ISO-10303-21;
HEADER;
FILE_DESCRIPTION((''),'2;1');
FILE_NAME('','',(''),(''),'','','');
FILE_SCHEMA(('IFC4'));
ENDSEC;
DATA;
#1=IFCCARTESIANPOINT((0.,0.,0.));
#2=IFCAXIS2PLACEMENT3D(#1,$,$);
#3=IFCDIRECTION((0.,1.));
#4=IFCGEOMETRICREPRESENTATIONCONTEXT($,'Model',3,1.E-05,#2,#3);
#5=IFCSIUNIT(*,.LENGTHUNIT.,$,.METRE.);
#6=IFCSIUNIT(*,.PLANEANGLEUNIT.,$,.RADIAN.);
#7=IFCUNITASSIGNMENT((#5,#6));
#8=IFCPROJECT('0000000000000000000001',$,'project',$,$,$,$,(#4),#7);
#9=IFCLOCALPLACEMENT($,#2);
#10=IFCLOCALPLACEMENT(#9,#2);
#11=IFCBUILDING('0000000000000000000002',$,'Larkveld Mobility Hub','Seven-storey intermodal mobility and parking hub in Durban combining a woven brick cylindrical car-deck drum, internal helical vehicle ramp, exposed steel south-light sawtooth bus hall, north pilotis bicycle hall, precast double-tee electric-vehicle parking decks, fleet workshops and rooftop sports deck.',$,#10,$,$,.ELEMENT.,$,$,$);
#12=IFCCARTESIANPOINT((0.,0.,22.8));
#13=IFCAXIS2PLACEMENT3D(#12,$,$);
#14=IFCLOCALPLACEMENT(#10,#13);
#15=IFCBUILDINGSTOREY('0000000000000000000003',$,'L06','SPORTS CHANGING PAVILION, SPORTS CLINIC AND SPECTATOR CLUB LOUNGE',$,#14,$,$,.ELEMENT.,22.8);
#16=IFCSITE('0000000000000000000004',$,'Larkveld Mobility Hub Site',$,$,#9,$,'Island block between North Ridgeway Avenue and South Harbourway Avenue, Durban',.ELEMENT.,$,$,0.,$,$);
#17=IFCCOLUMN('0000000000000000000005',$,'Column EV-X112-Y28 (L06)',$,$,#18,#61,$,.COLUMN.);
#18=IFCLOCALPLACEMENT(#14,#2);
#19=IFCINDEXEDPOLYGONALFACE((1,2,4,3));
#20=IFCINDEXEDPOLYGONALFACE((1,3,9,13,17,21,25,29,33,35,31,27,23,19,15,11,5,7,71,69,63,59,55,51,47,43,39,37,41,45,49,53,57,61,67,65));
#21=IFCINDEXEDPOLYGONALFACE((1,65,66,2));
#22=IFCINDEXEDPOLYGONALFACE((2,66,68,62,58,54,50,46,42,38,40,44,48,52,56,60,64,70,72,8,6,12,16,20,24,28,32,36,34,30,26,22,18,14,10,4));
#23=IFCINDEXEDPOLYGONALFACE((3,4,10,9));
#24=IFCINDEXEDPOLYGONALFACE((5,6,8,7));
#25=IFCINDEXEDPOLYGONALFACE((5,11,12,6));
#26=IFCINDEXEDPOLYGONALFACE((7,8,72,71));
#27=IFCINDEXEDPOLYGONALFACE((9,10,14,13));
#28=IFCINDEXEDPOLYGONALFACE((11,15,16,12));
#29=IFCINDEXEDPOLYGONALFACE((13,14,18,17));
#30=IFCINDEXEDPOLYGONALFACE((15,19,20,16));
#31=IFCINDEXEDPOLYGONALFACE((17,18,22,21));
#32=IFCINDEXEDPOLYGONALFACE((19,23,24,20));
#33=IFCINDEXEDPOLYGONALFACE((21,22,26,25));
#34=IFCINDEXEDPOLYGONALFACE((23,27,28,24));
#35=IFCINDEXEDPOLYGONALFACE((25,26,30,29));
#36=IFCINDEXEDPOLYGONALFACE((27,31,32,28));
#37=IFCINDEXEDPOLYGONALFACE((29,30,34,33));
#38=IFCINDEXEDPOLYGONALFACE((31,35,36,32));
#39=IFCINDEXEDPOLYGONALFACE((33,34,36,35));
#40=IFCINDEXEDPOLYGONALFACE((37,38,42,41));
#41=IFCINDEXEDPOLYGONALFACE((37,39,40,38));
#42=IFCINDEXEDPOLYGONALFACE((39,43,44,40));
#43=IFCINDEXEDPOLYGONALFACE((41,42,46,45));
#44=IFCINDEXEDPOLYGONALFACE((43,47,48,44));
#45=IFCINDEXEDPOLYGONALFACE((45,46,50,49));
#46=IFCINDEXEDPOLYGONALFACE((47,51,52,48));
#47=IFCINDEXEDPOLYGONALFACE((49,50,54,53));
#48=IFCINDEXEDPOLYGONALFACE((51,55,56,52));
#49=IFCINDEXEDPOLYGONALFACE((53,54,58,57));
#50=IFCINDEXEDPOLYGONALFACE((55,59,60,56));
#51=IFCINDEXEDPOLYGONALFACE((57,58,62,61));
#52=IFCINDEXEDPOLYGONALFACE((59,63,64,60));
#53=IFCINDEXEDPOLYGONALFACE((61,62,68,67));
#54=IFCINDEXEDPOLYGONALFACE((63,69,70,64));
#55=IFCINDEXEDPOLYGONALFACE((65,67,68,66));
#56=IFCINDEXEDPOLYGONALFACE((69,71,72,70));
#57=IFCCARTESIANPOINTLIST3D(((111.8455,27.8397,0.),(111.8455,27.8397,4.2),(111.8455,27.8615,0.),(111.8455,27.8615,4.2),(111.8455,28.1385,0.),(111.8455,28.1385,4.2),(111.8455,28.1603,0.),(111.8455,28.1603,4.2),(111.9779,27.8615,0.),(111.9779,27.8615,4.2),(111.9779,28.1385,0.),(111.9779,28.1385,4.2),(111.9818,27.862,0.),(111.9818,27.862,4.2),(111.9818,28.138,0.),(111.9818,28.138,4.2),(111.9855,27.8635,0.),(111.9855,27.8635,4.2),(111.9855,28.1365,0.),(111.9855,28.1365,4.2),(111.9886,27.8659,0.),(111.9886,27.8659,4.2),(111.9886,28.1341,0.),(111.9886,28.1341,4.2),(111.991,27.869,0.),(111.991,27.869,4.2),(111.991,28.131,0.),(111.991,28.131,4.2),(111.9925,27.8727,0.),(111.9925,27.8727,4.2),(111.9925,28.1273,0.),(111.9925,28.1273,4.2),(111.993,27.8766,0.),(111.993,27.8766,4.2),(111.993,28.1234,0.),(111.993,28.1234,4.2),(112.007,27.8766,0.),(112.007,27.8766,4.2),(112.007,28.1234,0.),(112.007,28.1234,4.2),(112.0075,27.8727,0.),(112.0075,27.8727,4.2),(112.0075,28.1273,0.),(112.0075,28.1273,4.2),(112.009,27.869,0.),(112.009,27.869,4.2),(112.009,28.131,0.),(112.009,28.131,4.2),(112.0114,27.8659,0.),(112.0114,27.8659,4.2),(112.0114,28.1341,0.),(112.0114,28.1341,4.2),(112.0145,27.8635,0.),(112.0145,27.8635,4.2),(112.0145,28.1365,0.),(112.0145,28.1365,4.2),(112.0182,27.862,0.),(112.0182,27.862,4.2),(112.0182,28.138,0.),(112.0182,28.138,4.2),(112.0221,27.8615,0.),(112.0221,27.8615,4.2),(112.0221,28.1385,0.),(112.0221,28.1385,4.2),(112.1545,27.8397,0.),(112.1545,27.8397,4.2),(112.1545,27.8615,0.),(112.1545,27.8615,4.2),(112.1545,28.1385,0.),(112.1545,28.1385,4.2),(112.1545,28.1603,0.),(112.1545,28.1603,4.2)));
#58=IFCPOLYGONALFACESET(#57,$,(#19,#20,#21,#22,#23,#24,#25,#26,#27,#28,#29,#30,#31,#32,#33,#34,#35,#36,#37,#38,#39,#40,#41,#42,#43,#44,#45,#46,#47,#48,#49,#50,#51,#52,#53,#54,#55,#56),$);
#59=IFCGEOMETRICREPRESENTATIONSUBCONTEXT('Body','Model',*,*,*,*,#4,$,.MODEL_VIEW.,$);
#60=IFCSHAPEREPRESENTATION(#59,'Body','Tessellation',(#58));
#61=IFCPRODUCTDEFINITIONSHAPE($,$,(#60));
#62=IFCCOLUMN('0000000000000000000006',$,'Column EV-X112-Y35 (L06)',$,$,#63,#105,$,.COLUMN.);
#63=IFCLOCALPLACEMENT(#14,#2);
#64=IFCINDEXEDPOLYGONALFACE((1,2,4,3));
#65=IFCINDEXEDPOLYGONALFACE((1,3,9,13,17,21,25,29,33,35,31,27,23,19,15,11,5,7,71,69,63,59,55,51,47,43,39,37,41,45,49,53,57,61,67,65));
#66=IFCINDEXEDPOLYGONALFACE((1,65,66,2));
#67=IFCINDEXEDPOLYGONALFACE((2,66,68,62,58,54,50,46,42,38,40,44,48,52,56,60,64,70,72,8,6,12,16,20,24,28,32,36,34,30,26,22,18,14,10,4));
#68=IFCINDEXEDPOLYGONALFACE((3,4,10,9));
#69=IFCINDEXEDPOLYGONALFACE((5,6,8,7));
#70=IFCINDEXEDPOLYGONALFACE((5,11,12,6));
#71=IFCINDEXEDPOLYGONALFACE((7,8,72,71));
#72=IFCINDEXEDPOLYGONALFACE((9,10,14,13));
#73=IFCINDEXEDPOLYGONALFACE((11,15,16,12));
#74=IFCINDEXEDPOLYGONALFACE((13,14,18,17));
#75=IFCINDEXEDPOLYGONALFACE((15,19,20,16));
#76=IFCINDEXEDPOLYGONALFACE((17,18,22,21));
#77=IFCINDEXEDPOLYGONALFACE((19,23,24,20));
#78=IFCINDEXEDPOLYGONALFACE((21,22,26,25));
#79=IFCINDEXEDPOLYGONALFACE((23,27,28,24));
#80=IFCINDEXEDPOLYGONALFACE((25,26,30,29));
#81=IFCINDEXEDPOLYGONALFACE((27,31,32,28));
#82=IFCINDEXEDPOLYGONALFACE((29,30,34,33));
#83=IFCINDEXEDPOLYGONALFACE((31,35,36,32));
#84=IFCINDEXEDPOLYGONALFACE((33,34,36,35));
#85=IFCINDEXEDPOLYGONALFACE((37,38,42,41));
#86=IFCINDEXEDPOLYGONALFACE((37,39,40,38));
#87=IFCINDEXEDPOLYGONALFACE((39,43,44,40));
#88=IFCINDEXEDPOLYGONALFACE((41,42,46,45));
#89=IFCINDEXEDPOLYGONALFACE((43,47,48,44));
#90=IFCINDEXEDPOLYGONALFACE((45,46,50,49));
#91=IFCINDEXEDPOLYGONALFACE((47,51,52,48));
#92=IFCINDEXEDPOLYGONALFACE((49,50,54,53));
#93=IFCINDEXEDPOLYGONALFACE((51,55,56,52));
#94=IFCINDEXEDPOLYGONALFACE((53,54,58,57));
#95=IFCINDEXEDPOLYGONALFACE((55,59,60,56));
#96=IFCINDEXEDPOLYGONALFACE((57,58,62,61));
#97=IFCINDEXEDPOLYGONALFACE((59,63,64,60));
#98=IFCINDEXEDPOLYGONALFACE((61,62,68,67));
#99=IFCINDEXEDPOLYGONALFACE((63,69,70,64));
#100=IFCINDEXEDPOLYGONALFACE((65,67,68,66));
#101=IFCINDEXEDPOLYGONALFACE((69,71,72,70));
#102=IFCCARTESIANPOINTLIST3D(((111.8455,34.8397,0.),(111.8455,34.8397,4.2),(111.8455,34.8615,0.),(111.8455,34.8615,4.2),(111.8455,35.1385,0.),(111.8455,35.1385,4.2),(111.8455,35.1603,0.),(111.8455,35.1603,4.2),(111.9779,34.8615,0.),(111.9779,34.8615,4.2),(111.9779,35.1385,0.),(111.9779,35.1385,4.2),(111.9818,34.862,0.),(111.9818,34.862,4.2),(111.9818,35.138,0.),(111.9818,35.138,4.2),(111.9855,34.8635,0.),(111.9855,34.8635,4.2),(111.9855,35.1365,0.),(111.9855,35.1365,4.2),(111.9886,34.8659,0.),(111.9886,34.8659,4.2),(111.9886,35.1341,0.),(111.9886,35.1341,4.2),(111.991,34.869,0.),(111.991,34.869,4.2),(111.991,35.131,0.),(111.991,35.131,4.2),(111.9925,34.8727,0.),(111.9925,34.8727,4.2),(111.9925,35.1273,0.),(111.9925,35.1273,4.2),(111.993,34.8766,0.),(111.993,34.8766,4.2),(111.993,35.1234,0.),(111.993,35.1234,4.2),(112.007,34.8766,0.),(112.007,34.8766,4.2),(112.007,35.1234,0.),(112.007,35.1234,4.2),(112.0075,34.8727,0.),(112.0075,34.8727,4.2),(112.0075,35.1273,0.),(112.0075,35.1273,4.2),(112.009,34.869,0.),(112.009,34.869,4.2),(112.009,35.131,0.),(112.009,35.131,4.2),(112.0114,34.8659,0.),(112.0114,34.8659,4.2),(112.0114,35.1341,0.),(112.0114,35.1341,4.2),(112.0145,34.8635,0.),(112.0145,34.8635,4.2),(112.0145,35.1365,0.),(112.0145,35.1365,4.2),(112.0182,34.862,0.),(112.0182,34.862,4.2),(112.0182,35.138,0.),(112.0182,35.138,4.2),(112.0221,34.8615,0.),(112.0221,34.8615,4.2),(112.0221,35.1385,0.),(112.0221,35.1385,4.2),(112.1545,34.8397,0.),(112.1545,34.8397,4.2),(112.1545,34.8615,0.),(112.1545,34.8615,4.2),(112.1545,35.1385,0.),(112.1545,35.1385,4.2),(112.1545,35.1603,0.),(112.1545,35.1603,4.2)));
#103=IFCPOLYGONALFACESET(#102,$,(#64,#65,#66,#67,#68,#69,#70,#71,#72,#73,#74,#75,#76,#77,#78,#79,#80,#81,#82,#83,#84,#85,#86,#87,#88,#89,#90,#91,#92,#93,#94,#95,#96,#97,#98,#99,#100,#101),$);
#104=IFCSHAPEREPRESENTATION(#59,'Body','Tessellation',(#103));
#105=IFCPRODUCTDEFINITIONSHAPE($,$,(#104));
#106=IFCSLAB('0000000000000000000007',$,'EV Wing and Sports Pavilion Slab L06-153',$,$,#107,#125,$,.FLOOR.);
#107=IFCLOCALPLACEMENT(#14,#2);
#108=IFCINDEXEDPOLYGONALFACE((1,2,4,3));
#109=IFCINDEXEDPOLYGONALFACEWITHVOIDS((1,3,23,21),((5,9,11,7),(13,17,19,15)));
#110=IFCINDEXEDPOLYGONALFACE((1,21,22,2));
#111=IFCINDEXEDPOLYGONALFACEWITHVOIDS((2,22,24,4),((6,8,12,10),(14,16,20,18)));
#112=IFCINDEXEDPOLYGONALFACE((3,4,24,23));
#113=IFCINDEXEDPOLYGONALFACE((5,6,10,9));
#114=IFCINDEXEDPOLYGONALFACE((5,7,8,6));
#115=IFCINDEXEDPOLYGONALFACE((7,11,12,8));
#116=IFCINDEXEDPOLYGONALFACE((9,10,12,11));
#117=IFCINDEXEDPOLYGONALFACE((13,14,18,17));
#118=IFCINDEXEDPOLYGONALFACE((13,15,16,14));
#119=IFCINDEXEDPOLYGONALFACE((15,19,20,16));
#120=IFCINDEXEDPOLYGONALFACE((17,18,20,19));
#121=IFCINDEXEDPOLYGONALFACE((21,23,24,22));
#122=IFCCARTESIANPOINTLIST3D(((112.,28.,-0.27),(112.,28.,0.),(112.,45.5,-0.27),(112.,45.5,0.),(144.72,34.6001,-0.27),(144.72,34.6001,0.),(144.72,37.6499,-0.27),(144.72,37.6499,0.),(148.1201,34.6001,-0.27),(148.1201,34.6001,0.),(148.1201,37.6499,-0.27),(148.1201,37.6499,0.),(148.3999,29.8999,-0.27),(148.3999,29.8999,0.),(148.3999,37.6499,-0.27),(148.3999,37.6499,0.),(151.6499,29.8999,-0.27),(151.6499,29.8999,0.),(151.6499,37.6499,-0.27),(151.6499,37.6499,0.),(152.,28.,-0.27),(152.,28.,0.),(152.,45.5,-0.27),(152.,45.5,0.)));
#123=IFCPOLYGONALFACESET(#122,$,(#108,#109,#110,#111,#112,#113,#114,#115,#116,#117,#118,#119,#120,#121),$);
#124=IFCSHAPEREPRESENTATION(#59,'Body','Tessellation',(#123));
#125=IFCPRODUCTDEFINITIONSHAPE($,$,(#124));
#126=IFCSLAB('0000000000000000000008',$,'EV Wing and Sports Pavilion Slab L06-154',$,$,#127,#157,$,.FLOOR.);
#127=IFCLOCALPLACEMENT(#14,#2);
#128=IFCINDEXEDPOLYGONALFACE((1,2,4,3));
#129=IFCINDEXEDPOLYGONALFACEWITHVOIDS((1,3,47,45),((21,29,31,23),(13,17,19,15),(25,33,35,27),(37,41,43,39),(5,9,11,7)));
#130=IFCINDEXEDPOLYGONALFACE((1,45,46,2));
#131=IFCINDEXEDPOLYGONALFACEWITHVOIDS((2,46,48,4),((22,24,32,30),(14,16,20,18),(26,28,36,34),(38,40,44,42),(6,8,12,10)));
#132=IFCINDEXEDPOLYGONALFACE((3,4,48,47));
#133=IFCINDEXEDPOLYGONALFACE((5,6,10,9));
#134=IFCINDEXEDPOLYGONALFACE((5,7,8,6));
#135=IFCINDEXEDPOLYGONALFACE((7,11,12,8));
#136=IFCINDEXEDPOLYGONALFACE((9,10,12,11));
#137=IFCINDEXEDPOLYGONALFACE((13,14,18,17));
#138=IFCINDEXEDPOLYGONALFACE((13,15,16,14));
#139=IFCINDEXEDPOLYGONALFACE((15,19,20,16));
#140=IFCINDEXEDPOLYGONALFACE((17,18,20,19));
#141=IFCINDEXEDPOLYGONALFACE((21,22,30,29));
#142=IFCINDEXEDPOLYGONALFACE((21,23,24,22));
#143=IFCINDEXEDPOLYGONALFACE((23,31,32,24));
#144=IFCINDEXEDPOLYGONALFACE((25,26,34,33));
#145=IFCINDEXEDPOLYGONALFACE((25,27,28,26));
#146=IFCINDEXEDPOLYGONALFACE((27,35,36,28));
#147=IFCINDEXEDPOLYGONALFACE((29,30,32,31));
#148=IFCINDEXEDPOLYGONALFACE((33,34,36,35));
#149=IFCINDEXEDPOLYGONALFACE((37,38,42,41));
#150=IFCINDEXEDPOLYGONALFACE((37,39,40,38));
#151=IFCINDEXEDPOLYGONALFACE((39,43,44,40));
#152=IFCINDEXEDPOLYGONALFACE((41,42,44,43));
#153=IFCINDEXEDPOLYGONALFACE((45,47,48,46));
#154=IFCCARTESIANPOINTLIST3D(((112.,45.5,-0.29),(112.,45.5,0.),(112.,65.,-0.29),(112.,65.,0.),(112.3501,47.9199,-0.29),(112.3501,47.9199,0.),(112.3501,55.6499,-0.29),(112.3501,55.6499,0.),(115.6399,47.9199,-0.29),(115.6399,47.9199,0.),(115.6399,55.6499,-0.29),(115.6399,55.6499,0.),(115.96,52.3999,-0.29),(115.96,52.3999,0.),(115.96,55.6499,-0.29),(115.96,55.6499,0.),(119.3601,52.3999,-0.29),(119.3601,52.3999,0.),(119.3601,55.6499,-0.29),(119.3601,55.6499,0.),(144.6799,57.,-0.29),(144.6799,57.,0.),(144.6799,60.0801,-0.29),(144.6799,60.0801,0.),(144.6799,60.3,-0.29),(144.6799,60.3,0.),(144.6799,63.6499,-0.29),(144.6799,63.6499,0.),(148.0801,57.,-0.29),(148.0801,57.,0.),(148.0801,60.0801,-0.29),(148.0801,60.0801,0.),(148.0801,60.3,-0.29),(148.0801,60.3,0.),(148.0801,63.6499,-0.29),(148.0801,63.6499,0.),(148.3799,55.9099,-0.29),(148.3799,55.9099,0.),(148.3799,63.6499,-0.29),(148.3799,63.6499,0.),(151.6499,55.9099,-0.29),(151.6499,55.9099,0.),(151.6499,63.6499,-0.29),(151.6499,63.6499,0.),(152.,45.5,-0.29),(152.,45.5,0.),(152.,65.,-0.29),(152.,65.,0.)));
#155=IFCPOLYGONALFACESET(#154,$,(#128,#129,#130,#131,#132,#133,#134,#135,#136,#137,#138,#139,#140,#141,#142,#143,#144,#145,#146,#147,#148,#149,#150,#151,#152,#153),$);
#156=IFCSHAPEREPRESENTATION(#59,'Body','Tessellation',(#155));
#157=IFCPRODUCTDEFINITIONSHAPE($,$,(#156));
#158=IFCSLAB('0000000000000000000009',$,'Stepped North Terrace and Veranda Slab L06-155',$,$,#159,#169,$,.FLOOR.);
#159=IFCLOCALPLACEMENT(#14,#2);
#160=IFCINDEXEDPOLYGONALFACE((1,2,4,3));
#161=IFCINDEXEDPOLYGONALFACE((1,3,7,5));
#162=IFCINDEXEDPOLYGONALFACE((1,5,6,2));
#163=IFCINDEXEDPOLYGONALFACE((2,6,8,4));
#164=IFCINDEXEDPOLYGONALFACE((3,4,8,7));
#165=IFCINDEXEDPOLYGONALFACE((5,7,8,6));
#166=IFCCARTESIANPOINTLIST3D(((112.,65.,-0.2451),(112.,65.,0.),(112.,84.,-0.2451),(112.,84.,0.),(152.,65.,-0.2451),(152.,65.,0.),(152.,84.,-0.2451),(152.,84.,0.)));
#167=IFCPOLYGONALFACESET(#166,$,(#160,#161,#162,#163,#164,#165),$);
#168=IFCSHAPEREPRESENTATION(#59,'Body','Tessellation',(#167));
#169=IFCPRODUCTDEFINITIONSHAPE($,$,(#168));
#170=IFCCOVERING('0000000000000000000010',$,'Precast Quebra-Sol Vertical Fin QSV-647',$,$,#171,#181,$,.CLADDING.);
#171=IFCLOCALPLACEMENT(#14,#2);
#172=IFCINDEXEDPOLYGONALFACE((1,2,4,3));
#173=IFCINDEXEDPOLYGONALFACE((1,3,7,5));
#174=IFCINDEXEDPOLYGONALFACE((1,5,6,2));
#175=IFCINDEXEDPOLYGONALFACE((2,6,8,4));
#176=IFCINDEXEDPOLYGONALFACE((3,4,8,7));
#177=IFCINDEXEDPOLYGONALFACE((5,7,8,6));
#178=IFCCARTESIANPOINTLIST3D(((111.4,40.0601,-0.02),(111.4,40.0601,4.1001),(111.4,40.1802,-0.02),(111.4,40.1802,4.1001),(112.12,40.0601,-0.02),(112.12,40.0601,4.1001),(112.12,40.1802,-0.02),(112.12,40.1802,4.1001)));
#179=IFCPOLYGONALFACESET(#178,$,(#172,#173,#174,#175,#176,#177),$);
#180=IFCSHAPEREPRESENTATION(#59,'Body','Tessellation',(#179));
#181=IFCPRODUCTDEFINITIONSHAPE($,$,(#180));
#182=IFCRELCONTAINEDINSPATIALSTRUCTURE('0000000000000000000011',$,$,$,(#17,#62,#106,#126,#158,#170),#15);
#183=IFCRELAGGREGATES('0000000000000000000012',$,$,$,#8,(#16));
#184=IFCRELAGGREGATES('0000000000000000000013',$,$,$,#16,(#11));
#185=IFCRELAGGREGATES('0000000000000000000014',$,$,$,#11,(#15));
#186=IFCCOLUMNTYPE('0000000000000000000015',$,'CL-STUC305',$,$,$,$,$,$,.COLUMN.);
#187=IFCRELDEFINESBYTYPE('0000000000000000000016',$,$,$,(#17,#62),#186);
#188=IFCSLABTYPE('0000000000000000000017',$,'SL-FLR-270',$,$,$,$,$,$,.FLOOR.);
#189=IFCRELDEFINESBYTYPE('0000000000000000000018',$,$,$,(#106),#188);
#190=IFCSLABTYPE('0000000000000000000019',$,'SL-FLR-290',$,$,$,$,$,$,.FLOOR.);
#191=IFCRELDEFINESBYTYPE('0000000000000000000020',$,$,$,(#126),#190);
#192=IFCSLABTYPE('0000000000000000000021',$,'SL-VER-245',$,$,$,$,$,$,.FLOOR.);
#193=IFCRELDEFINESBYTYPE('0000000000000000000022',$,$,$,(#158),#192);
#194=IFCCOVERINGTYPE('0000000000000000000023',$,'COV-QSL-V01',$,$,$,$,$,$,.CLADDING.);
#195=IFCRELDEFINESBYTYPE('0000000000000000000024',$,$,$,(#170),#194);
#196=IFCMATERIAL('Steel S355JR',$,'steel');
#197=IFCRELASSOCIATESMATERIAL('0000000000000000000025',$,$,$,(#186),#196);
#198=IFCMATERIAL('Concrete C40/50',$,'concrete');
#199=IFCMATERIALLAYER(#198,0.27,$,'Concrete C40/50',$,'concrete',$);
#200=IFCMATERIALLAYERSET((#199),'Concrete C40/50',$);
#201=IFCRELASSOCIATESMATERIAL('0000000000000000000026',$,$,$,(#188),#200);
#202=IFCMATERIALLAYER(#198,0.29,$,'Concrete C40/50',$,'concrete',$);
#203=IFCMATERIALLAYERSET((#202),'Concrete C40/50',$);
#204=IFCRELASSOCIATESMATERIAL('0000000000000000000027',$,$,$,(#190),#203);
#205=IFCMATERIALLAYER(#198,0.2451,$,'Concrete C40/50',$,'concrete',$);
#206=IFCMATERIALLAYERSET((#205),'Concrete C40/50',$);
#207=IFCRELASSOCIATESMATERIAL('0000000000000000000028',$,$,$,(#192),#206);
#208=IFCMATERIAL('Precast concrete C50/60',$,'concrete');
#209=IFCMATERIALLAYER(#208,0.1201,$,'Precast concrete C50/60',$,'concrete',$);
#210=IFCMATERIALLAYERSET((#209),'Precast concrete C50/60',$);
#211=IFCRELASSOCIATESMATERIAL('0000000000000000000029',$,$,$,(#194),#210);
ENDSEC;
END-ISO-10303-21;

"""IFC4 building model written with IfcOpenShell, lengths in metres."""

from ifc_helpers import new_model, si_unit, direction, frame, origin, origin_2d, place, context, subcontext, project, spatial, polyline, rectangle, i_section, outline, extrude, material, layer, layer_set, material_profile, profile_set, type_object, element, save


model = new_model("IFC4")

# Units and contexts
model_context = context("Model", 3, precision=1e-05, world=origin(), true_north=direction((0.0, 1.0)))
body_context = subcontext(model_context, "Body", "Model", "MODEL_VIEW")
ifc_project = project(units=[si_unit("LENGTHUNIT", "METRE"), si_unit("PLANEANGLEUNIT", "RADIAN")], contexts=[model_context])

# Site, building, storey
site_placement = place(None, origin())
site = spatial("IfcSite", under=ifc_project, at=site_placement, Name="Larkveld Mobility Hub Site", LongName="Island block between North Ridgeway Avenue and South Harbourway Avenue, Durban", CompositionType="ELEMENT", RefElevation=0.0)
building_placement = place(site_placement, origin())
building = spatial("IfcBuilding", under=site, at=building_placement, Name="Larkveld Mobility Hub", Description="Seven-storey intermodal mobility and parking hub in Durban combining a woven brick cylindrical car-deck drum, internal helical vehicle ramp, exposed steel south-light sawtooth bus hall, north pilotis bicycle hall, precast double-tee electric-vehicle parking decks, fleet workshops and rooftop sports deck.", CompositionType="ELEMENT")
storey_placement = place(building_placement, frame((0.0, 0.0, 22.8)))
storey = spatial("IfcBuildingStorey", under=building, at=storey_placement, Name="L06", Description="SPORTS CHANGING PAVILION, SPORTS CLINIC AND SPECTATOR CLUB LOUNGE", CompositionType="ELEMENT", Elevation=22.8)

# Columns
ifc_material_1 = material(Name="Steel S355JR", Category="steel")
ifc_material_profile = material_profile(ifc_material_1, i_section(OverallWidth=0.3091, OverallDepth=0.3206, WebThickness=0.0139, FlangeThickness=0.0217, FilletRadius=0.0151, at=origin_2d()), Name="UC 305x305x137")
ifc_profile_set = profile_set([ifc_material_profile], Name="Steel S355JR")
column_type = type_object("IfcColumnType", Name="CL-STUC305", PredefinedType="COLUMN", material=ifc_profile_set)
for number, where, z_axis, x_axis, name in (
    (1, (112.0, 28.0, 0.0), (0.0, 0.0, 1.0), (1.0, 0.0, 0.0), "Column EV-X112-Y28 (L06)"),
    (2, (112.0, 35.0, 0.0), (0.0, 0.0, 1.0), (1.0, 0.0, 0.0), "Column EV-X112-Y35 (L06)"),
):
    element("IfcColumn", number, at=place(storey_placement, frame(where, z_axis=z_axis, x_axis=x_axis)), inside=storey, type_object=column_type, Name=name, PredefinedType="COLUMN", context=body_context, shape_type="SweptSolid", body=[
        extrude(i_section(OverallWidth=0.3091, OverallDepth=0.3206, WebThickness=0.0139, FlangeThickness=0.0217, FilletRadius=0.0151, at=origin_2d()), origin(), (0.0, 0.0, 1.0), 4.2),
    ])

# Slabs
ifc_material_2 = material(Name="Concrete C40/50", Category="concrete")
ifc_layer_1 = layer(ifc_material_2, 0.27, Name="Concrete C40/50", Category="concrete")
ifc_layer_set_1 = layer_set([ifc_layer_1], Name="Concrete C40/50")
slab_type_1 = type_object("IfcSlabType", Name="SL-FLR-270", PredefinedType="FLOOR", material=ifc_layer_set_1)
slab_1_placement = place(storey_placement, frame((0.0, 0.0, -0.27)))
element("IfcSlab", 3, at=slab_1_placement, inside=storey, type_object=slab_type_1, Name="EV Wing and Sports Pavilion Slab L06-153", PredefinedType="FLOOR", context=body_context, shape_type="SweptSolid", body=[
    extrude(outline(polyline([(112.0, 28.0), (152.0, 28.0), (152.0, 45.5), (112.0, 45.5), (112.0, 28.0)]), holes=[polyline([(148.3999, 29.8999), (148.3999, 37.6499), (151.6499, 37.6499), (151.6499, 29.8999), (148.3999, 29.8999)]), polyline([(144.72, 34.6001), (144.72, 37.6499), (148.1201, 37.6499), (148.1201, 34.6001), (144.72, 34.6001)])]), origin(), (0.0, 0.0, 1.0), 0.27),
])
ifc_layer_2 = layer(ifc_material_2, 0.29, Name="Concrete C40/50", Category="concrete")
ifc_layer_set_2 = layer_set([ifc_layer_2], Name="Concrete C40/50")
slab_type_2 = type_object("IfcSlabType", Name="SL-FLR-290", PredefinedType="FLOOR", material=ifc_layer_set_2)
slab_2_placement = place(storey_placement, frame((0.0, 0.0, -0.29)))
element("IfcSlab", 4, at=slab_2_placement, inside=storey, type_object=slab_type_2, Name="EV Wing and Sports Pavilion Slab L06-154", PredefinedType="FLOOR", context=body_context, shape_type="SweptSolid", body=[
    extrude(outline(polyline([(112.0, 45.5), (152.0, 45.5), (152.0, 65.0), (112.0, 65.0), (112.0, 45.5)]), holes=[polyline([(148.3799, 55.9099), (148.3799, 63.6499), (151.6499, 63.6499), (151.6499, 55.9099), (148.3799, 55.9099)]), polyline([(144.6799, 60.3), (144.6799, 63.6499), (148.0801, 63.6499), (148.0801, 60.3), (144.6799, 60.3)]), polyline([(144.6799, 57.0), (144.6799, 60.0801), (148.0801, 60.0801), (148.0801, 57.0), (144.6799, 57.0)]), polyline([(112.3501, 47.9199), (112.3501, 55.6499), (115.6399, 55.6499), (115.6399, 47.9199), (112.3501, 47.9199)]), polyline([(115.96, 52.3999), (115.96, 55.6499), (119.3601, 55.6499), (119.3601, 52.3999), (115.96, 52.3999)])]), origin(), (0.0, 0.0, 1.0), 0.29),
])
ifc_layer_3 = layer(ifc_material_2, 0.2451, Name="Concrete C40/50", Category="concrete")
ifc_layer_set_3 = layer_set([ifc_layer_3], Name="Concrete C40/50")
slab_type_3 = type_object("IfcSlabType", Name="SL-VER-245", PredefinedType="FLOOR", material=ifc_layer_set_3)
slab_3_placement = place(storey_placement, frame((0.0, 0.0, -0.2451)))
element("IfcSlab", 5, at=slab_3_placement, inside=storey, type_object=slab_type_3, Name="Stepped North Terrace and Veranda Slab L06-155", PredefinedType="FLOOR", context=body_context, shape_type="SweptSolid", body=[
    extrude(outline(polyline([(112.0, 65.0), (152.0, 65.0), (152.0, 84.0), (112.0, 84.0), (112.0, 65.0)])), origin(), (0.0, 0.0, 1.0), 0.2451),
])

# Covering
ifc_material_3 = material(Name="Precast concrete C50/60", Category="concrete")
ifc_layer_4 = layer(ifc_material_3, 0.1201, Name="Precast concrete C50/60", Category="concrete")
ifc_layer_set_4 = layer_set([ifc_layer_4], Name="Precast concrete C50/60")
covering_type_1 = type_object("IfcCoveringType", Name="COV-QSL-V01", PredefinedType="CLADDING", material=ifc_layer_set_4)
for number, where, z_axis, x_axis, name in (
    (6, (111.76, 40.1201, -0.02), (0.0, 0.0, 1.0), (0.0, -1.0, 0.0), "Precast Quebra-Sol Vertical Fin QSV-647"),
):
    element("IfcCovering", number, at=place(storey_placement, frame(where, z_axis=z_axis, x_axis=x_axis)), inside=storey, type_object=covering_type_1, Name=name, PredefinedType="CLADDING", context=body_context, shape_type="SweptSolid", body=[
        extrude(rectangle(XDim=0.1201, YDim=0.72, at=origin_2d()), origin(), (0.0, 0.0, 1.0), 4.1201),
    ])

save(model, "model.ifc")
